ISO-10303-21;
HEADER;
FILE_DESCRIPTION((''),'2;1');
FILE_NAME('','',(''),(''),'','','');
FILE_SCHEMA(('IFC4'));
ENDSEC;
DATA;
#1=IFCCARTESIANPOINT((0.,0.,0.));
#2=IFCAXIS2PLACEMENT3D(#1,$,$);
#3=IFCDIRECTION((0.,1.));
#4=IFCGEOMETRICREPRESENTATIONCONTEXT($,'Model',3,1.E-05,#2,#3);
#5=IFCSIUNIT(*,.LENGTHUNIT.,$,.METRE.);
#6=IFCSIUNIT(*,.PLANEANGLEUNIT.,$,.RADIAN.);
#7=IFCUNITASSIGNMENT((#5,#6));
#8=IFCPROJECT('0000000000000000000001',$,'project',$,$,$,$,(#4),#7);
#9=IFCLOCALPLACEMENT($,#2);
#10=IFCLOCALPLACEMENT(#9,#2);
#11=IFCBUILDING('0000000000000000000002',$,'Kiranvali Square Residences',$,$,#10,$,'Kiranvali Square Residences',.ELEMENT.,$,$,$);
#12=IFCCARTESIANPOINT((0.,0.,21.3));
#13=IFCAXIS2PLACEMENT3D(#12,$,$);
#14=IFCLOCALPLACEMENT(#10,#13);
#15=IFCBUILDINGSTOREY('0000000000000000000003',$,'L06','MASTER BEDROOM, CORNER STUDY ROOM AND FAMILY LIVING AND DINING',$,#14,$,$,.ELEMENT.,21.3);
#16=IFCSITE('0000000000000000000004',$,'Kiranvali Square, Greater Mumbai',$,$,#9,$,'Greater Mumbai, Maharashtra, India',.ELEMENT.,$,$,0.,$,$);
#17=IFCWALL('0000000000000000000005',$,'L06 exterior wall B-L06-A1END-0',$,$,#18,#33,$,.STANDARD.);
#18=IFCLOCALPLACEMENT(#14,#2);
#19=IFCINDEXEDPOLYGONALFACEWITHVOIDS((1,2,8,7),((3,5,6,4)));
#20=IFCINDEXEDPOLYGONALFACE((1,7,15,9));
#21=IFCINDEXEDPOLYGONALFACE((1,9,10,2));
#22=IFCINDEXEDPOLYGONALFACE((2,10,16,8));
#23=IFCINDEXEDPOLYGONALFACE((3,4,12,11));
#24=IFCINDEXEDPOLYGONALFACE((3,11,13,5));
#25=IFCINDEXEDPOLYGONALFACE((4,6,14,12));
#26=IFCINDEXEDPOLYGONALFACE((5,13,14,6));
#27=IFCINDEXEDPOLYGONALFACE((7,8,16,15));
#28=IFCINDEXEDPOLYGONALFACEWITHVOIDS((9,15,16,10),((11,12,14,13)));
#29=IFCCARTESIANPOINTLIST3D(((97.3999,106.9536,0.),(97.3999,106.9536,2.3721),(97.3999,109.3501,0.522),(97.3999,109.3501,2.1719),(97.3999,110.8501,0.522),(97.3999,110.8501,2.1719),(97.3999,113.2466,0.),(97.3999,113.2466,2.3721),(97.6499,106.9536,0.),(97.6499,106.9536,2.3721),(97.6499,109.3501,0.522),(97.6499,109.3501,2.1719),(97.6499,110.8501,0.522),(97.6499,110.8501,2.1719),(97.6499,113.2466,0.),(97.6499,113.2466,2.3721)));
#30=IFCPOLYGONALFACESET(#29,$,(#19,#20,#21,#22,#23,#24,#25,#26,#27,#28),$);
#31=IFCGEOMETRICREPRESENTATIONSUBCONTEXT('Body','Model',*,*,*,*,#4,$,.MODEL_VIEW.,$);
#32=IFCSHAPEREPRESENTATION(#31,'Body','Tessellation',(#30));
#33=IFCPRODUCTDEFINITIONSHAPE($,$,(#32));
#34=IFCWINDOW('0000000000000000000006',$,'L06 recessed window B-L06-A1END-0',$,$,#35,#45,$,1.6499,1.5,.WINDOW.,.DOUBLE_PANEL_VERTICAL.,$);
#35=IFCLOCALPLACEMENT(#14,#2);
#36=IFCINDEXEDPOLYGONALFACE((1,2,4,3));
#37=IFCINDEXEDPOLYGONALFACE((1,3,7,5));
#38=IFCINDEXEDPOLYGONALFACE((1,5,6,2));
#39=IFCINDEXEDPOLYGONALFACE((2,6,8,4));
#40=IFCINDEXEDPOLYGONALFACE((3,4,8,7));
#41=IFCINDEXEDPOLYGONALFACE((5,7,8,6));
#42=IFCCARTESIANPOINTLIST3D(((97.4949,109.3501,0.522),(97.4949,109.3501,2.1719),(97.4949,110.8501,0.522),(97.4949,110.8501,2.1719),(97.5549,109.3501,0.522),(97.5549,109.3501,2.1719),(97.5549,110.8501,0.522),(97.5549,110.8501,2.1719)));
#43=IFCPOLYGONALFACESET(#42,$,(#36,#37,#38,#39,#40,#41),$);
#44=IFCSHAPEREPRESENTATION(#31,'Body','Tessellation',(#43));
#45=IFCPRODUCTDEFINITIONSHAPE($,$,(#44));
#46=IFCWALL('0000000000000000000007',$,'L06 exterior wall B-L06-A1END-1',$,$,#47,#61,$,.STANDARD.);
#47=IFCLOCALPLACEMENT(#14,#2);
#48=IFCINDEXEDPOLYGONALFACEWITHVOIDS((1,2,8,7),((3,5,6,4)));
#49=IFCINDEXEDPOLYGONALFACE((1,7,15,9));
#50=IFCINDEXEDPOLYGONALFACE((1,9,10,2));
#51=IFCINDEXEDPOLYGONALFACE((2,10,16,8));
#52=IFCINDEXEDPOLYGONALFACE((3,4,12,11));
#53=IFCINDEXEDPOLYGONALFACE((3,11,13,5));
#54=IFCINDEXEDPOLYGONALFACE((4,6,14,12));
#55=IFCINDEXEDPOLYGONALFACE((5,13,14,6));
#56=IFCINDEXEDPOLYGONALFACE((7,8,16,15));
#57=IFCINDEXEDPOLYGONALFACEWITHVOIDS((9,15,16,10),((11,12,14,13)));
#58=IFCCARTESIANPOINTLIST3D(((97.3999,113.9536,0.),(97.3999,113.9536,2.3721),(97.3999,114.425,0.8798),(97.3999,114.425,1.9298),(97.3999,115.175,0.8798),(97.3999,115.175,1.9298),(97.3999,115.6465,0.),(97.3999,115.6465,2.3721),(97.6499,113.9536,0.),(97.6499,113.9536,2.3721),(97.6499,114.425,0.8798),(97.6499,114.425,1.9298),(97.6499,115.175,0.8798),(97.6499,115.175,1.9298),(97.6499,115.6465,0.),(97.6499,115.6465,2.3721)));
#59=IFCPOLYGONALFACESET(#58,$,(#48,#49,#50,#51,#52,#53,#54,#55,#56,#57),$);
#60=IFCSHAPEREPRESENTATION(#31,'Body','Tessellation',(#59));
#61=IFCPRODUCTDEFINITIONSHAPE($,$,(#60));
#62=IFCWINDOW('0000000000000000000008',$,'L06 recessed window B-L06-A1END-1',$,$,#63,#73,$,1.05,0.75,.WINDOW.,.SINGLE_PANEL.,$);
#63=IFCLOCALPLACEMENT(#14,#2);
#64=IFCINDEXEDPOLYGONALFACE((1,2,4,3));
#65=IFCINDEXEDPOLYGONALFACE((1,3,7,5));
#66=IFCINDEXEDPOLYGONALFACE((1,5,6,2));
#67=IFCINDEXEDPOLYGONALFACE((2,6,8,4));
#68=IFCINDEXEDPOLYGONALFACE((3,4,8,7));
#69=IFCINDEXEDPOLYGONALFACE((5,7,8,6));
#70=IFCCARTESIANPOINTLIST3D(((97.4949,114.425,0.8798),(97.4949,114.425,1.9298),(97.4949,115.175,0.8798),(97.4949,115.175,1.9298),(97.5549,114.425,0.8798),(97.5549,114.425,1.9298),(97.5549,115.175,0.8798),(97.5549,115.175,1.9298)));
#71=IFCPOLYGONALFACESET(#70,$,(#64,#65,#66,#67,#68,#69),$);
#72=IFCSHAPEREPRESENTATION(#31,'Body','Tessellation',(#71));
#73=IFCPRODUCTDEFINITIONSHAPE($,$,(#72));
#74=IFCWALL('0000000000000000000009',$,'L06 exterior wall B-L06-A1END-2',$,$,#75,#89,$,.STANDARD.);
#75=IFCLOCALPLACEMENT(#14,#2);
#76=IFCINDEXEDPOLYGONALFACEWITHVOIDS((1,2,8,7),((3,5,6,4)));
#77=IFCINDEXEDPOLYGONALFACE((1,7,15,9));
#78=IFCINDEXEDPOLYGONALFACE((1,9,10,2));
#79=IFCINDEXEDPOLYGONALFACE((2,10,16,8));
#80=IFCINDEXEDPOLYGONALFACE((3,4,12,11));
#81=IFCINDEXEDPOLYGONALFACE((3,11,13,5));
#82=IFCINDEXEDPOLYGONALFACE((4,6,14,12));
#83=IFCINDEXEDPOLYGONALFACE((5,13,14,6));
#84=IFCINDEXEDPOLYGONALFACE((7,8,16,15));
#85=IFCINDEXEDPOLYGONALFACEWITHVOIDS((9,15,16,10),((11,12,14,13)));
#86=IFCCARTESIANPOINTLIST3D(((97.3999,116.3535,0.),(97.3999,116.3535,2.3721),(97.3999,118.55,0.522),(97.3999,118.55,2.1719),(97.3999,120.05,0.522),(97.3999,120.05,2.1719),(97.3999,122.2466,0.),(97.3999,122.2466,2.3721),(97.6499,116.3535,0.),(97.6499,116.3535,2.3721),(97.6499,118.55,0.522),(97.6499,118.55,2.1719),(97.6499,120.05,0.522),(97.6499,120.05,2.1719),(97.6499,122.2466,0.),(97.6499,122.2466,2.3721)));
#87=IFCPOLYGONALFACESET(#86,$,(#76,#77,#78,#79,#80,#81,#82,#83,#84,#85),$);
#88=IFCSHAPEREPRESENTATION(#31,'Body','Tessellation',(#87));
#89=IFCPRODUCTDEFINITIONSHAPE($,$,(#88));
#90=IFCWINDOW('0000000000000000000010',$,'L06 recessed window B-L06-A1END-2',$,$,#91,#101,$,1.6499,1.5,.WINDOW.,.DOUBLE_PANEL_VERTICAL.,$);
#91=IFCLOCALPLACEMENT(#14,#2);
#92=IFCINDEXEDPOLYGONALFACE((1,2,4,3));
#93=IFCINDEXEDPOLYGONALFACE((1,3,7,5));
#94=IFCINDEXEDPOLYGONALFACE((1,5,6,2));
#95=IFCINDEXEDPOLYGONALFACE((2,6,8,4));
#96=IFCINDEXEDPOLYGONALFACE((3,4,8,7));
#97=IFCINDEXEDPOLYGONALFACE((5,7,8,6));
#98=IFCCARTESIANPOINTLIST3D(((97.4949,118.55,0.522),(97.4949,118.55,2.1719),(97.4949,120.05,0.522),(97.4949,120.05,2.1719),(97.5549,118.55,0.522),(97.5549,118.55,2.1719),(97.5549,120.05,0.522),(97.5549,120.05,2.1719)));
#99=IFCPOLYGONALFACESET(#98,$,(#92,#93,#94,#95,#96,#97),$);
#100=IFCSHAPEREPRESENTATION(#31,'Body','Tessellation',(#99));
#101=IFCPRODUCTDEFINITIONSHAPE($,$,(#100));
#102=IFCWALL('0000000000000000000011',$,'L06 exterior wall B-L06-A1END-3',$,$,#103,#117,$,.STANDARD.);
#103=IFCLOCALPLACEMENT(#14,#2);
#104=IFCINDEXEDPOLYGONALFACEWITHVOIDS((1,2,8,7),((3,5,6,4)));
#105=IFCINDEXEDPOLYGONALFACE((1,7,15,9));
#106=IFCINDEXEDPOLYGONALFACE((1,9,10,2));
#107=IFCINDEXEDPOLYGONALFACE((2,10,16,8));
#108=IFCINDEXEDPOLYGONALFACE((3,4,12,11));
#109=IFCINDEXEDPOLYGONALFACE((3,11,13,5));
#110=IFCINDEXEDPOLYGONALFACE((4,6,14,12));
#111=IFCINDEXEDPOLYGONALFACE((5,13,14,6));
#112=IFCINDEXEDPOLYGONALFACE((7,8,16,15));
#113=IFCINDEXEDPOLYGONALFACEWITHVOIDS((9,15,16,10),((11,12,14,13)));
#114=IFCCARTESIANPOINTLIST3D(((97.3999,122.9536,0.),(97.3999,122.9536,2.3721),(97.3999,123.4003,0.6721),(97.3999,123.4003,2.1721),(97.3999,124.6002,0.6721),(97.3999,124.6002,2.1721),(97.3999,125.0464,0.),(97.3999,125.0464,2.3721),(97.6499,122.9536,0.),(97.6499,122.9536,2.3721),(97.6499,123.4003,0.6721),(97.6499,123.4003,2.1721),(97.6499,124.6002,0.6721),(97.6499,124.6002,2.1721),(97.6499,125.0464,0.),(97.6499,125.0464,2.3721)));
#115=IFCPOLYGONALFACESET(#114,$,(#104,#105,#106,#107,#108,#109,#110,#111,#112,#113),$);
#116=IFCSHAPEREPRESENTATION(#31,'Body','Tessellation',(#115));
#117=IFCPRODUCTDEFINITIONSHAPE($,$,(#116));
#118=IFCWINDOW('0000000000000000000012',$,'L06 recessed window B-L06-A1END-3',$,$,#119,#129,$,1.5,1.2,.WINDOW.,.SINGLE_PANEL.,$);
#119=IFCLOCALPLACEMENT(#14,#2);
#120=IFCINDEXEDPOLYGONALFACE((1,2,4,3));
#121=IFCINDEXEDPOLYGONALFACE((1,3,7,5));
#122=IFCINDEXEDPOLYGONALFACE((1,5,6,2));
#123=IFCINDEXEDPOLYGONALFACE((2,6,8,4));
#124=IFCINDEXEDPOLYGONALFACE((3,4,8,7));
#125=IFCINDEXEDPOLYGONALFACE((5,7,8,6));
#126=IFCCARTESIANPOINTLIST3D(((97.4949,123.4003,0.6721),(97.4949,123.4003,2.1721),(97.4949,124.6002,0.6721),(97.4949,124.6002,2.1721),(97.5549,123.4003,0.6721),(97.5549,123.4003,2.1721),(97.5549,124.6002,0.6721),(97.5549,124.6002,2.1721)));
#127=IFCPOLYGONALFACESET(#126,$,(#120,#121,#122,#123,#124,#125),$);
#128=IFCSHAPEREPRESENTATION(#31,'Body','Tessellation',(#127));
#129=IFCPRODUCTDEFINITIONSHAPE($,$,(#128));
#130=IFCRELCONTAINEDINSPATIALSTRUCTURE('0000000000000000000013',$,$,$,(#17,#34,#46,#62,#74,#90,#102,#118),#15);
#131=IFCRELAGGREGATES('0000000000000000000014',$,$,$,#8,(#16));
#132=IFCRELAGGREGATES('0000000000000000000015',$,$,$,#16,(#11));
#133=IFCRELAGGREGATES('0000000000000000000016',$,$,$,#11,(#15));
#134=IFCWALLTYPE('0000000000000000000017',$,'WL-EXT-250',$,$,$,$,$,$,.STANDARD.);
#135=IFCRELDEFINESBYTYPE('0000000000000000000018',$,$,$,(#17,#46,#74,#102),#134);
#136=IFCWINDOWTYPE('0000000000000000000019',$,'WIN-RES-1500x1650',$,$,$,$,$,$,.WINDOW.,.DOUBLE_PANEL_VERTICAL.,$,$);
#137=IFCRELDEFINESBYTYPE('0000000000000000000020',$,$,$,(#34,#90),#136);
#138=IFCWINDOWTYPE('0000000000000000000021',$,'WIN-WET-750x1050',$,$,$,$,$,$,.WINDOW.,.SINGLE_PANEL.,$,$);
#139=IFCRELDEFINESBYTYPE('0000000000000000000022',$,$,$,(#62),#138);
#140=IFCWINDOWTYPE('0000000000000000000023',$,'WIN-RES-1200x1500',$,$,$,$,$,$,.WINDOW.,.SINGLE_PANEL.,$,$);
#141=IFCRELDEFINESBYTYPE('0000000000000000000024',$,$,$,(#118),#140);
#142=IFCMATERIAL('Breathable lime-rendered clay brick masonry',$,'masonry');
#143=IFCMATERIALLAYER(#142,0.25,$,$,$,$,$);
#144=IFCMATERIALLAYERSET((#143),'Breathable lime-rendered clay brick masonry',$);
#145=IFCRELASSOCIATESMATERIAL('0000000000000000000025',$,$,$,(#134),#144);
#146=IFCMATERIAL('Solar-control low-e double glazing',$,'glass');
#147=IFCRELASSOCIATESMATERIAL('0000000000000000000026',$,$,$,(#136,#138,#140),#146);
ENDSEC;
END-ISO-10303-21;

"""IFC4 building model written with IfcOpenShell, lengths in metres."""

from ifc_helpers import new_model, si_unit, direction, frame, frame_2d, origin, place, context, subcontext, project, spatial, rectangle, extrude, material, layer, layer_set, type_object, element, fill, save


model = new_model("IFC4")

# Units and contexts
model_context = context("Model", 3, precision=1e-05, world=origin(), true_north=direction((0.0, 1.0)))
body_context = subcontext(model_context, "Body", "Model", "MODEL_VIEW")
ifc_project = project(units=[si_unit("LENGTHUNIT", "METRE"), si_unit("PLANEANGLEUNIT", "RADIAN")], contexts=[model_context])

# Site, building, storey
site_placement = place(None, origin())
site = spatial("IfcSite", under=ifc_project, at=site_placement, Name="Kiranvali Square, Greater Mumbai", LongName="Greater Mumbai, Maharashtra, India", CompositionType="ELEMENT", RefElevation=0.0)
building_placement = place(site_placement, origin())
building = spatial("IfcBuilding", under=site, at=building_placement, Name="Kiranvali Square Residences", LongName="Kiranvali Square Residences", CompositionType="ELEMENT")
storey_placement = place(building_placement, frame((0.0, 0.0, 21.3)))
storey = spatial("IfcBuildingStorey", under=building, at=storey_placement, Name="L06", Description="MASTER BEDROOM, CORNER STUDY ROOM AND FAMILY LIVING AND DINING", CompositionType="ELEMENT", Elevation=21.3)

# Walls, openings, windows
ifc_material_1 = material(Name="Breathable lime-rendered clay brick masonry", Category="masonry")
ifc_layer = layer(ifc_material_1, 0.25)
ifc_layer_set = layer_set([ifc_layer], Name="Breathable lime-rendered clay brick masonry")
wall_type = type_object("IfcWallType", Name="WL-EXT-250", PredefinedType="STANDARD", material=ifc_layer_set)
wall_1_placement = place(storey_placement, frame((97.5249, 106.9536, 0.0), z_axis=(0.0, 0.0, 1.0), x_axis=(0.0, 1.0, 0.0)))
wall_1 = element("IfcWall", 1, at=wall_1_placement, inside=storey, type_object=wall_type, Name="L06 exterior wall B-L06-A1END-0", PredefinedType="STANDARD", context=body_context, shape_type="SweptSolid", body=[
    extrude(rectangle(XDim=6.293, YDim=0.25, at=frame_2d((3.1465, 0.0))), origin(), (0.0, 0.0, 1.0), 2.3721),
])
opening_1_placement = place(wall_1_placement, frame((2.3965, 0.0, 0.522)))
opening_1 = element("IfcOpeningElement", 2, at=opening_1_placement, cuts=wall_1, PredefinedType="OPENING", context=body_context, shape_type="SweptSolid", body=[
    extrude(rectangle(XDim=1.5, YDim=1.6499, at=frame_2d((0.75, 0.825))), frame((0.0, 0.135, 0.0), z_axis=(0.0, -1.0, 0.0), x_axis=(1.0, 0.0, 0.0)), (0.0, 0.0, 1.0), 0.27),
])
ifc_material_2 = material(Name="Solar-control low-e double glazing", Category="glass")
window_type_1 = type_object("IfcWindowType", Name="WIN-RES-1500x1650", PartitioningType="DOUBLE_PANEL_VERTICAL", PredefinedType="WINDOW", material=ifc_material_2)
window_1_placement = place(opening_1_placement, origin())
window_1 = element("IfcWindow", 3, at=window_1_placement, inside=storey, type_object=window_type_1, Name="L06 recessed window B-L06-A1END-0", OverallHeight=1.6499, OverallWidth=1.5, PartitioningType="DOUBLE_PANEL_VERTICAL", PredefinedType="WINDOW", context=body_context, shape_type="SweptSolid", body=[
    extrude(rectangle(XDim=1.5, YDim=1.6499, at=frame_2d((0.75, 0.825))), frame((0.0, 0.03, 0.0), z_axis=(0.0, -1.0, 0.0), x_axis=(1.0, 0.0, 0.0)), (0.0, 0.0, 1.0), 0.0601),
])
fill(opening_1, window_1)
wall_2_placement = place(storey_placement, frame((97.5249, 113.9536, 0.0), z_axis=(0.0, 0.0, 1.0), x_axis=(0.0, 1.0, 0.0)))
wall_2 = element("IfcWall", 4, at=wall_2_placement, inside=storey, type_object=wall_type, Name="L06 exterior wall B-L06-A1END-1", PredefinedType="STANDARD", context=body_context, shape_type="SweptSolid", body=[
    extrude(rectangle(XDim=1.6929, YDim=0.25, at=frame_2d((0.8464, 0.0))), origin(), (0.0, 0.0, 1.0), 2.3721),
])
opening_2_placement = place(wall_2_placement, frame((0.4714, 0.0, 0.8799)))
opening_2 = element("IfcOpeningElement", 5, at=opening_2_placement, cuts=wall_2, PredefinedType="OPENING", context=body_context, shape_type="SweptSolid", body=[
    extrude(rectangle(XDim=0.75, YDim=1.05, at=frame_2d((0.375, 0.5249))), frame((0.0, 0.135, 0.0), z_axis=(0.0, -1.0, 0.0), x_axis=(1.0, 0.0, 0.0)), (0.0, 0.0, 1.0), 0.27),
])
window_type_2 = type_object("IfcWindowType", Name="WIN-WET-750x1050", PartitioningType="SINGLE_PANEL", PredefinedType="WINDOW", material=ifc_material_2)
window_2_placement = place(opening_2_placement, origin())
window_2 = element("IfcWindow", 6, at=window_2_placement, inside=storey, type_object=window_type_2, Name="L06 recessed window B-L06-A1END-1", OverallHeight=1.05, OverallWidth=0.75, PartitioningType="SINGLE_PANEL", PredefinedType="WINDOW", context=body_context, shape_type="SweptSolid", body=[
    extrude(rectangle(XDim=0.75, YDim=1.05, at=frame_2d((0.375, 0.5249))), frame((0.0, 0.03, 0.0), z_axis=(0.0, -1.0, 0.0), x_axis=(1.0, 0.0, 0.0)), (0.0, 0.0, 1.0), 0.0601),
])
fill(opening_2, window_2)
wall_3_placement = place(storey_placement, frame((97.5249, 116.3535, 0.0), z_axis=(0.0, 0.0, 1.0), x_axis=(0.0, 1.0, 0.0)))
wall_3 = element("IfcWall", 7, at=wall_3_placement, inside=storey, type_object=wall_type, Name="L06 exterior wall B-L06-A1END-2", PredefinedType="STANDARD", context=body_context, shape_type="SweptSolid", body=[
    extrude(rectangle(XDim=5.8931, YDim=0.25, at=frame_2d((2.9465, 0.0))), origin(), (0.0, 0.0, 1.0), 2.3721),
])
opening_3_placement = place(wall_3_placement, frame((2.1965, 0.0, 0.522)))
opening_3 = element("IfcOpeningElement", 8, at=opening_3_placement, cuts=wall_3, PredefinedType="OPENING", context=body_context, shape_type="SweptSolid", body=[
    extrude(rectangle(XDim=1.5, YDim=1.6499, at=frame_2d((0.75, 0.825))), frame((0.0, 0.135, 0.0), z_axis=(0.0, -1.0, 0.0), x_axis=(1.0, 0.0, 0.0)), (0.0, 0.0, 1.0), 0.27),
])
window_3_placement = place(opening_3_placement, origin())
window_3 = element("IfcWindow", 9, at=window_3_placement, inside=storey, type_object=window_type_1, Name="L06 recessed window B-L06-A1END-2", OverallHeight=1.6499, OverallWidth=1.5, PartitioningType="DOUBLE_PANEL_VERTICAL", PredefinedType="WINDOW", context=body_context, shape_type="SweptSolid", body=[
    extrude(rectangle(XDim=1.5, YDim=1.6499, at=frame_2d((0.75, 0.825))), frame((0.0, 0.03, 0.0), z_axis=(0.0, -1.0, 0.0), x_axis=(1.0, 0.0, 0.0)), (0.0, 0.0, 1.0), 0.0601),
])
fill(opening_3, window_3)
wall_4_placement = place(storey_placement, frame((97.5249, 122.9536, 0.0), z_axis=(0.0, 0.0, 1.0), x_axis=(0.0, 1.0, 0.0)))
wall_4 = element("IfcWall", 10, at=wall_4_placement, inside=storey, type_object=wall_type, Name="L06 exterior wall B-L06-A1END-3", PredefinedType="STANDARD", context=body_context, shape_type="SweptSolid", body=[
    extrude(rectangle(XDim=2.0928, YDim=0.25, at=frame_2d((1.0464, 0.0))), origin(), (0.0, 0.0, 1.0), 2.3721),
])
opening_4_placement = place(wall_4_placement, frame((0.4465, 0.0, 0.6721)))
opening_4 = element("IfcOpeningElement", 11, at=opening_4_placement, cuts=wall_4, PredefinedType="OPENING", context=body_context, shape_type="SweptSolid", body=[
    extrude(rectangle(XDim=1.2, YDim=1.5, at=frame_2d((0.6001, 0.75))), frame((0.0, 0.135, 0.0), z_axis=(0.0, -1.0, 0.0), x_axis=(1.0, 0.0, 0.0)), (0.0, 0.0, 1.0), 0.27),
])
window_type_3 = type_object("IfcWindowType", Name="WIN-RES-1200x1500", PartitioningType="SINGLE_PANEL", PredefinedType="WINDOW", material=ifc_material_2)
window_4_placement = place(opening_4_placement, origin())
window_4 = element("IfcWindow", 12, at=window_4_placement, inside=storey, type_object=window_type_3, Name="L06 recessed window B-L06-A1END-3", OverallHeight=1.5, OverallWidth=1.2, PartitioningType="SINGLE_PANEL", PredefinedType="WINDOW", context=body_context, shape_type="SweptSolid", body=[
    extrude(rectangle(XDim=1.2, YDim=1.5, at=frame_2d((0.6001, 0.75))), frame((0.0, 0.03, 0.0), z_axis=(0.0, -1.0, 0.0), x_axis=(1.0, 0.0, 0.0)), (0.0, 0.0, 1.0), 0.0601),
])
fill(opening_4, window_4)

save(model, "model.ifc")
